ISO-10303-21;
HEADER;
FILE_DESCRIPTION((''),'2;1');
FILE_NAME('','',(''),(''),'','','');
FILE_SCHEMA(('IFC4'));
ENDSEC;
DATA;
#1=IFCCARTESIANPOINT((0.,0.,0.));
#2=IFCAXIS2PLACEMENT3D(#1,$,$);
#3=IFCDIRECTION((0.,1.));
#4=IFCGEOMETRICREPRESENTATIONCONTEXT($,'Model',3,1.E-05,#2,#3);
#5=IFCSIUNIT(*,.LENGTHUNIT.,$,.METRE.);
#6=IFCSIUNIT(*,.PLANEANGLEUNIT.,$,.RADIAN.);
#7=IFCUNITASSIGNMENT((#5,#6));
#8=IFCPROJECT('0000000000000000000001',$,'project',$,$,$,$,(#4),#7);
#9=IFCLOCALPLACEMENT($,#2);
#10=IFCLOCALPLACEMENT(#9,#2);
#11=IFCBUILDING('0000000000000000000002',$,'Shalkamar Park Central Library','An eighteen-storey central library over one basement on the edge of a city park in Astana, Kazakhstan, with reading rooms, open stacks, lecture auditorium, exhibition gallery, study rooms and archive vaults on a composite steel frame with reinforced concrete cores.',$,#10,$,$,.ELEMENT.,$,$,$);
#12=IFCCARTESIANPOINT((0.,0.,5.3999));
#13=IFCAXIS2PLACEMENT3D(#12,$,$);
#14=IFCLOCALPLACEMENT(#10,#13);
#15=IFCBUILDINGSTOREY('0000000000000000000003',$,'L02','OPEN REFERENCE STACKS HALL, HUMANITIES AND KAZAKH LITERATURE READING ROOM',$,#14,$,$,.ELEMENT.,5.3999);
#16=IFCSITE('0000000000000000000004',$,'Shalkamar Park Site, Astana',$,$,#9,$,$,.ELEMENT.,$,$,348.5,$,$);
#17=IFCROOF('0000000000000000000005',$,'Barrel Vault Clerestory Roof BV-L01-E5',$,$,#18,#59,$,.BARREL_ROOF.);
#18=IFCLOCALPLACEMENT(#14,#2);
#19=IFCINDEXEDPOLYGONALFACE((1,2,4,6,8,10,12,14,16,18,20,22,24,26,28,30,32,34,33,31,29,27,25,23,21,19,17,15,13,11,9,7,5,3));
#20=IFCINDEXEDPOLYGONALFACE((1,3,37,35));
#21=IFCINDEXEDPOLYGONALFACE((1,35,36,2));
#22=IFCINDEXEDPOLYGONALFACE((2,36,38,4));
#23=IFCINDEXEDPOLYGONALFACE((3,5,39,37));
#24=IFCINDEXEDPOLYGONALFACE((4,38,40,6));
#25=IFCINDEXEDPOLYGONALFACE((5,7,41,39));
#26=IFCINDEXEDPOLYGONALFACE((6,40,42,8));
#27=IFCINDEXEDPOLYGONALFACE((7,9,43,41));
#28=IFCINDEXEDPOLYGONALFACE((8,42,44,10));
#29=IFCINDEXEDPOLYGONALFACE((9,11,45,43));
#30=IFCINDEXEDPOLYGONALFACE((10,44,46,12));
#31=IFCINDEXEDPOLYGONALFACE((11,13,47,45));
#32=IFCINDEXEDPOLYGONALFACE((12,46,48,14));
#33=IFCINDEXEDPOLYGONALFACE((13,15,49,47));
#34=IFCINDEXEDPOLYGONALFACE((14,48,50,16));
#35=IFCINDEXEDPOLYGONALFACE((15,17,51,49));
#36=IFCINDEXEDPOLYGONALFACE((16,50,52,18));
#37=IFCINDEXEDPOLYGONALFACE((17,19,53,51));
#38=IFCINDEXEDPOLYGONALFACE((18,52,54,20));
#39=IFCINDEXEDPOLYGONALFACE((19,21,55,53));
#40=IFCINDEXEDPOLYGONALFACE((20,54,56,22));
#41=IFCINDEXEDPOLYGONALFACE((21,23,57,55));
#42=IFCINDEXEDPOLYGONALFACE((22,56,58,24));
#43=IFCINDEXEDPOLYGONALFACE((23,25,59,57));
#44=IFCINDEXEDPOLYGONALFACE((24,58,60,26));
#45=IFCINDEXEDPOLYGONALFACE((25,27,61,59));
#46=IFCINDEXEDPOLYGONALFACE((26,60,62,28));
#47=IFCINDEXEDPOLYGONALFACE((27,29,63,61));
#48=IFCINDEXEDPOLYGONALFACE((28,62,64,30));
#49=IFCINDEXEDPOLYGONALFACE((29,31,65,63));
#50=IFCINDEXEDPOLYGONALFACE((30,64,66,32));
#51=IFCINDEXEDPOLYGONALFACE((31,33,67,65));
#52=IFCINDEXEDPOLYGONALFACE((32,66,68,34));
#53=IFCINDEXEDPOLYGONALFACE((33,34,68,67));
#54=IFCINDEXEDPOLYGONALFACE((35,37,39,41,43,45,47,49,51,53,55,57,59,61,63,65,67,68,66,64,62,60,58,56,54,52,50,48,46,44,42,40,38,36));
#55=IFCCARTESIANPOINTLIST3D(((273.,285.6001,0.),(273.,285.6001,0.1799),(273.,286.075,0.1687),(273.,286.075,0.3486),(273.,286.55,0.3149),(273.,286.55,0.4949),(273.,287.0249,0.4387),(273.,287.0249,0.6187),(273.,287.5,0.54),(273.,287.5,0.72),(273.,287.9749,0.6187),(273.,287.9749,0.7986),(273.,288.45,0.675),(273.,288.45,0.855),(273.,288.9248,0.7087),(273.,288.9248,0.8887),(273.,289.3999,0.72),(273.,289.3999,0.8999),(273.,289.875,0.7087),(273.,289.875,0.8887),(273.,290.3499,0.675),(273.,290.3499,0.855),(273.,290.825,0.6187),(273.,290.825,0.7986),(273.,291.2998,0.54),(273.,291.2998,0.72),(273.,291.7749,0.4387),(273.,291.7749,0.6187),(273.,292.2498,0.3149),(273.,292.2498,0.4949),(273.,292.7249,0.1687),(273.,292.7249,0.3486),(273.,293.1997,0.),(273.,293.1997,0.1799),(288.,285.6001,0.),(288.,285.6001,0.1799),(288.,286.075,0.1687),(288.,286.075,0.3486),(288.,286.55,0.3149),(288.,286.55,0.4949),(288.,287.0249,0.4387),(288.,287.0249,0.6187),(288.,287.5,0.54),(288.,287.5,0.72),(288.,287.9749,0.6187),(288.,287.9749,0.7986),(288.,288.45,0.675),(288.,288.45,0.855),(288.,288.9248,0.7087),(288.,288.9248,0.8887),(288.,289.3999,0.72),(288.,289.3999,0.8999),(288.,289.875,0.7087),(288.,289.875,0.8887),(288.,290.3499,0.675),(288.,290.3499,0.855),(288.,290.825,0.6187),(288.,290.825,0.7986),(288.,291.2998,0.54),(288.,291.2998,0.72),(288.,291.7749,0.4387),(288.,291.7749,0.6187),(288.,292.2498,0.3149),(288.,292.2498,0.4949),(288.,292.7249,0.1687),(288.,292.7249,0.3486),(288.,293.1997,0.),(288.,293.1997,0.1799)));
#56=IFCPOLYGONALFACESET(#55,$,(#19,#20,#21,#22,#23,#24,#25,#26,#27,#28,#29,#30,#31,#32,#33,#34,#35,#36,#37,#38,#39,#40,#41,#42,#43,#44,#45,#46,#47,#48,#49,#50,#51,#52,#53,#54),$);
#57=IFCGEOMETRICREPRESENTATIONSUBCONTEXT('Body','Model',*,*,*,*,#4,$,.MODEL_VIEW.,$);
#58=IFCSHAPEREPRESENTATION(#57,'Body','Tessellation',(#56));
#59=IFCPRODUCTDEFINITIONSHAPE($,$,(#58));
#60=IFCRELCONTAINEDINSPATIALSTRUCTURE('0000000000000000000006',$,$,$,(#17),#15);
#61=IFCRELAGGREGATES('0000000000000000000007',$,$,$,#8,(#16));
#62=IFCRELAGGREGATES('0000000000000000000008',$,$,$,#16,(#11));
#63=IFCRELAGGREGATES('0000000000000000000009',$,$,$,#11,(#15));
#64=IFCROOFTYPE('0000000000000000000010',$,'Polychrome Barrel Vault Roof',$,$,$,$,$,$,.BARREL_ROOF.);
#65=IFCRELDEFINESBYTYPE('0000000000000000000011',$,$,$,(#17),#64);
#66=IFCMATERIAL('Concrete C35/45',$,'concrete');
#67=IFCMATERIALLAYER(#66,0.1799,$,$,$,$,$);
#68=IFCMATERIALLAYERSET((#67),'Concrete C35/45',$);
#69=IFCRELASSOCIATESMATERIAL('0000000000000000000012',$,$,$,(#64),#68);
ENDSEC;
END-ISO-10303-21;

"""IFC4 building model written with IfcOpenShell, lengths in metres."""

from ifc_helpers import new_model, si_unit, direction, frame, origin, place, context, subcontext, project, spatial, polyline, outline, extrude, material, layer, layer_set, type_object, element, save


model = new_model("IFC4")

# Units and contexts
model_context = context("Model", 3, precision=1e-05, world=origin(), true_north=direction((0.0, 1.0)))
body_context = subcontext(model_context, "Body", "Model", "MODEL_VIEW")
ifc_project = project(units=[si_unit("LENGTHUNIT", "METRE"), si_unit("PLANEANGLEUNIT", "RADIAN")], contexts=[model_context])

# Site, building, storey
site_placement = place(None, origin())
site = spatial("IfcSite", under=ifc_project, at=site_placement, Name="Shalkamar Park Site, Astana", CompositionType="ELEMENT", RefElevation=348.5)
building_placement = place(site_placement, origin())
building = spatial("IfcBuilding", under=site, at=building_placement, Name="Shalkamar Park Central Library", Description="An eighteen-storey central library over one basement on the edge of a city park in Astana, Kazakhstan, with reading rooms, open stacks, lecture auditorium, exhibition gallery, study rooms and archive vaults on a composite steel frame with reinforced concrete cores.", CompositionType="ELEMENT")
storey_placement = place(building_placement, frame((0.0, 0.0, 5.3999)))
storey = spatial("IfcBuildingStorey", under=building, at=storey_placement, Name="L02", Description="OPEN REFERENCE STACKS HALL, HUMANITIES AND KAZAKH LITERATURE READING ROOM", CompositionType="ELEMENT", Elevation=5.3999)

# Roof
ifc_material_1 = material(Name="Concrete C35/45", Category="concrete")
ifc_layer_1 = layer(ifc_material_1, 0.1799)
ifc_layer_set_1 = layer_set([ifc_layer_1], Name="Concrete C35/45")
roof_type = type_object("IfcRoofType", Name="Polychrome Barrel Vault Roof", PredefinedType="BARREL_ROOF", material=ifc_layer_set_1)
roof_placement = place(storey_placement, frame((273.0, 289.3999, 0.0), z_axis=(0.0, 0.0, 1.0), x_axis=(1.0, 0.0, 0.0)))
element("IfcRoof", 1, at=roof_placement, inside=storey, type_object=roof_type, Name="Barrel Vault Clerestory Roof BV-L01-E5", PredefinedType="BARREL_ROOF", context=body_context, shape_type="SweptSolid", body=[
    extrude(outline(polyline([(-3.7998, 0.1799), (-3.325, 0.3486), (-2.8499, 0.4949), (-2.375, 0.6187), (-1.8999, 0.72), (-1.425, 0.7986), (-0.95, 0.855), (-0.4751, 0.8887), (0.0, 0.8999), (0.4751, 0.8887), (0.95, 0.855), (1.425, 0.7986), (1.8999, 0.72), (2.375, 0.6187), (2.8499, 0.4949), (3.325, 0.3486), (3.7998, 0.1799), (3.7998, 0.0), (3.325, 0.1687), (2.8499, 0.3149), (2.375, 0.4387), (1.8999, 0.54), (1.425, 0.6187), (0.95, 0.675), (0.4751, 0.7087), (0.0, 0.72), (-0.4751, 0.7087), (-0.95, 0.675), (-1.425, 0.6187), (-1.8999, 0.54), (-2.375, 0.4387), (-2.8499, 0.3149), (-3.325, 0.1687), (-3.7998, 0.0), (-3.7998, 0.1799)])), frame((0.0, 0.0, 0.0), z_axis=(1.0, 0.0, 0.0), x_axis=(0.0, 1.0, 0.0)), (0.0, 0.0, 1.0), 15.0),
])

save(model, "model.ifc")
